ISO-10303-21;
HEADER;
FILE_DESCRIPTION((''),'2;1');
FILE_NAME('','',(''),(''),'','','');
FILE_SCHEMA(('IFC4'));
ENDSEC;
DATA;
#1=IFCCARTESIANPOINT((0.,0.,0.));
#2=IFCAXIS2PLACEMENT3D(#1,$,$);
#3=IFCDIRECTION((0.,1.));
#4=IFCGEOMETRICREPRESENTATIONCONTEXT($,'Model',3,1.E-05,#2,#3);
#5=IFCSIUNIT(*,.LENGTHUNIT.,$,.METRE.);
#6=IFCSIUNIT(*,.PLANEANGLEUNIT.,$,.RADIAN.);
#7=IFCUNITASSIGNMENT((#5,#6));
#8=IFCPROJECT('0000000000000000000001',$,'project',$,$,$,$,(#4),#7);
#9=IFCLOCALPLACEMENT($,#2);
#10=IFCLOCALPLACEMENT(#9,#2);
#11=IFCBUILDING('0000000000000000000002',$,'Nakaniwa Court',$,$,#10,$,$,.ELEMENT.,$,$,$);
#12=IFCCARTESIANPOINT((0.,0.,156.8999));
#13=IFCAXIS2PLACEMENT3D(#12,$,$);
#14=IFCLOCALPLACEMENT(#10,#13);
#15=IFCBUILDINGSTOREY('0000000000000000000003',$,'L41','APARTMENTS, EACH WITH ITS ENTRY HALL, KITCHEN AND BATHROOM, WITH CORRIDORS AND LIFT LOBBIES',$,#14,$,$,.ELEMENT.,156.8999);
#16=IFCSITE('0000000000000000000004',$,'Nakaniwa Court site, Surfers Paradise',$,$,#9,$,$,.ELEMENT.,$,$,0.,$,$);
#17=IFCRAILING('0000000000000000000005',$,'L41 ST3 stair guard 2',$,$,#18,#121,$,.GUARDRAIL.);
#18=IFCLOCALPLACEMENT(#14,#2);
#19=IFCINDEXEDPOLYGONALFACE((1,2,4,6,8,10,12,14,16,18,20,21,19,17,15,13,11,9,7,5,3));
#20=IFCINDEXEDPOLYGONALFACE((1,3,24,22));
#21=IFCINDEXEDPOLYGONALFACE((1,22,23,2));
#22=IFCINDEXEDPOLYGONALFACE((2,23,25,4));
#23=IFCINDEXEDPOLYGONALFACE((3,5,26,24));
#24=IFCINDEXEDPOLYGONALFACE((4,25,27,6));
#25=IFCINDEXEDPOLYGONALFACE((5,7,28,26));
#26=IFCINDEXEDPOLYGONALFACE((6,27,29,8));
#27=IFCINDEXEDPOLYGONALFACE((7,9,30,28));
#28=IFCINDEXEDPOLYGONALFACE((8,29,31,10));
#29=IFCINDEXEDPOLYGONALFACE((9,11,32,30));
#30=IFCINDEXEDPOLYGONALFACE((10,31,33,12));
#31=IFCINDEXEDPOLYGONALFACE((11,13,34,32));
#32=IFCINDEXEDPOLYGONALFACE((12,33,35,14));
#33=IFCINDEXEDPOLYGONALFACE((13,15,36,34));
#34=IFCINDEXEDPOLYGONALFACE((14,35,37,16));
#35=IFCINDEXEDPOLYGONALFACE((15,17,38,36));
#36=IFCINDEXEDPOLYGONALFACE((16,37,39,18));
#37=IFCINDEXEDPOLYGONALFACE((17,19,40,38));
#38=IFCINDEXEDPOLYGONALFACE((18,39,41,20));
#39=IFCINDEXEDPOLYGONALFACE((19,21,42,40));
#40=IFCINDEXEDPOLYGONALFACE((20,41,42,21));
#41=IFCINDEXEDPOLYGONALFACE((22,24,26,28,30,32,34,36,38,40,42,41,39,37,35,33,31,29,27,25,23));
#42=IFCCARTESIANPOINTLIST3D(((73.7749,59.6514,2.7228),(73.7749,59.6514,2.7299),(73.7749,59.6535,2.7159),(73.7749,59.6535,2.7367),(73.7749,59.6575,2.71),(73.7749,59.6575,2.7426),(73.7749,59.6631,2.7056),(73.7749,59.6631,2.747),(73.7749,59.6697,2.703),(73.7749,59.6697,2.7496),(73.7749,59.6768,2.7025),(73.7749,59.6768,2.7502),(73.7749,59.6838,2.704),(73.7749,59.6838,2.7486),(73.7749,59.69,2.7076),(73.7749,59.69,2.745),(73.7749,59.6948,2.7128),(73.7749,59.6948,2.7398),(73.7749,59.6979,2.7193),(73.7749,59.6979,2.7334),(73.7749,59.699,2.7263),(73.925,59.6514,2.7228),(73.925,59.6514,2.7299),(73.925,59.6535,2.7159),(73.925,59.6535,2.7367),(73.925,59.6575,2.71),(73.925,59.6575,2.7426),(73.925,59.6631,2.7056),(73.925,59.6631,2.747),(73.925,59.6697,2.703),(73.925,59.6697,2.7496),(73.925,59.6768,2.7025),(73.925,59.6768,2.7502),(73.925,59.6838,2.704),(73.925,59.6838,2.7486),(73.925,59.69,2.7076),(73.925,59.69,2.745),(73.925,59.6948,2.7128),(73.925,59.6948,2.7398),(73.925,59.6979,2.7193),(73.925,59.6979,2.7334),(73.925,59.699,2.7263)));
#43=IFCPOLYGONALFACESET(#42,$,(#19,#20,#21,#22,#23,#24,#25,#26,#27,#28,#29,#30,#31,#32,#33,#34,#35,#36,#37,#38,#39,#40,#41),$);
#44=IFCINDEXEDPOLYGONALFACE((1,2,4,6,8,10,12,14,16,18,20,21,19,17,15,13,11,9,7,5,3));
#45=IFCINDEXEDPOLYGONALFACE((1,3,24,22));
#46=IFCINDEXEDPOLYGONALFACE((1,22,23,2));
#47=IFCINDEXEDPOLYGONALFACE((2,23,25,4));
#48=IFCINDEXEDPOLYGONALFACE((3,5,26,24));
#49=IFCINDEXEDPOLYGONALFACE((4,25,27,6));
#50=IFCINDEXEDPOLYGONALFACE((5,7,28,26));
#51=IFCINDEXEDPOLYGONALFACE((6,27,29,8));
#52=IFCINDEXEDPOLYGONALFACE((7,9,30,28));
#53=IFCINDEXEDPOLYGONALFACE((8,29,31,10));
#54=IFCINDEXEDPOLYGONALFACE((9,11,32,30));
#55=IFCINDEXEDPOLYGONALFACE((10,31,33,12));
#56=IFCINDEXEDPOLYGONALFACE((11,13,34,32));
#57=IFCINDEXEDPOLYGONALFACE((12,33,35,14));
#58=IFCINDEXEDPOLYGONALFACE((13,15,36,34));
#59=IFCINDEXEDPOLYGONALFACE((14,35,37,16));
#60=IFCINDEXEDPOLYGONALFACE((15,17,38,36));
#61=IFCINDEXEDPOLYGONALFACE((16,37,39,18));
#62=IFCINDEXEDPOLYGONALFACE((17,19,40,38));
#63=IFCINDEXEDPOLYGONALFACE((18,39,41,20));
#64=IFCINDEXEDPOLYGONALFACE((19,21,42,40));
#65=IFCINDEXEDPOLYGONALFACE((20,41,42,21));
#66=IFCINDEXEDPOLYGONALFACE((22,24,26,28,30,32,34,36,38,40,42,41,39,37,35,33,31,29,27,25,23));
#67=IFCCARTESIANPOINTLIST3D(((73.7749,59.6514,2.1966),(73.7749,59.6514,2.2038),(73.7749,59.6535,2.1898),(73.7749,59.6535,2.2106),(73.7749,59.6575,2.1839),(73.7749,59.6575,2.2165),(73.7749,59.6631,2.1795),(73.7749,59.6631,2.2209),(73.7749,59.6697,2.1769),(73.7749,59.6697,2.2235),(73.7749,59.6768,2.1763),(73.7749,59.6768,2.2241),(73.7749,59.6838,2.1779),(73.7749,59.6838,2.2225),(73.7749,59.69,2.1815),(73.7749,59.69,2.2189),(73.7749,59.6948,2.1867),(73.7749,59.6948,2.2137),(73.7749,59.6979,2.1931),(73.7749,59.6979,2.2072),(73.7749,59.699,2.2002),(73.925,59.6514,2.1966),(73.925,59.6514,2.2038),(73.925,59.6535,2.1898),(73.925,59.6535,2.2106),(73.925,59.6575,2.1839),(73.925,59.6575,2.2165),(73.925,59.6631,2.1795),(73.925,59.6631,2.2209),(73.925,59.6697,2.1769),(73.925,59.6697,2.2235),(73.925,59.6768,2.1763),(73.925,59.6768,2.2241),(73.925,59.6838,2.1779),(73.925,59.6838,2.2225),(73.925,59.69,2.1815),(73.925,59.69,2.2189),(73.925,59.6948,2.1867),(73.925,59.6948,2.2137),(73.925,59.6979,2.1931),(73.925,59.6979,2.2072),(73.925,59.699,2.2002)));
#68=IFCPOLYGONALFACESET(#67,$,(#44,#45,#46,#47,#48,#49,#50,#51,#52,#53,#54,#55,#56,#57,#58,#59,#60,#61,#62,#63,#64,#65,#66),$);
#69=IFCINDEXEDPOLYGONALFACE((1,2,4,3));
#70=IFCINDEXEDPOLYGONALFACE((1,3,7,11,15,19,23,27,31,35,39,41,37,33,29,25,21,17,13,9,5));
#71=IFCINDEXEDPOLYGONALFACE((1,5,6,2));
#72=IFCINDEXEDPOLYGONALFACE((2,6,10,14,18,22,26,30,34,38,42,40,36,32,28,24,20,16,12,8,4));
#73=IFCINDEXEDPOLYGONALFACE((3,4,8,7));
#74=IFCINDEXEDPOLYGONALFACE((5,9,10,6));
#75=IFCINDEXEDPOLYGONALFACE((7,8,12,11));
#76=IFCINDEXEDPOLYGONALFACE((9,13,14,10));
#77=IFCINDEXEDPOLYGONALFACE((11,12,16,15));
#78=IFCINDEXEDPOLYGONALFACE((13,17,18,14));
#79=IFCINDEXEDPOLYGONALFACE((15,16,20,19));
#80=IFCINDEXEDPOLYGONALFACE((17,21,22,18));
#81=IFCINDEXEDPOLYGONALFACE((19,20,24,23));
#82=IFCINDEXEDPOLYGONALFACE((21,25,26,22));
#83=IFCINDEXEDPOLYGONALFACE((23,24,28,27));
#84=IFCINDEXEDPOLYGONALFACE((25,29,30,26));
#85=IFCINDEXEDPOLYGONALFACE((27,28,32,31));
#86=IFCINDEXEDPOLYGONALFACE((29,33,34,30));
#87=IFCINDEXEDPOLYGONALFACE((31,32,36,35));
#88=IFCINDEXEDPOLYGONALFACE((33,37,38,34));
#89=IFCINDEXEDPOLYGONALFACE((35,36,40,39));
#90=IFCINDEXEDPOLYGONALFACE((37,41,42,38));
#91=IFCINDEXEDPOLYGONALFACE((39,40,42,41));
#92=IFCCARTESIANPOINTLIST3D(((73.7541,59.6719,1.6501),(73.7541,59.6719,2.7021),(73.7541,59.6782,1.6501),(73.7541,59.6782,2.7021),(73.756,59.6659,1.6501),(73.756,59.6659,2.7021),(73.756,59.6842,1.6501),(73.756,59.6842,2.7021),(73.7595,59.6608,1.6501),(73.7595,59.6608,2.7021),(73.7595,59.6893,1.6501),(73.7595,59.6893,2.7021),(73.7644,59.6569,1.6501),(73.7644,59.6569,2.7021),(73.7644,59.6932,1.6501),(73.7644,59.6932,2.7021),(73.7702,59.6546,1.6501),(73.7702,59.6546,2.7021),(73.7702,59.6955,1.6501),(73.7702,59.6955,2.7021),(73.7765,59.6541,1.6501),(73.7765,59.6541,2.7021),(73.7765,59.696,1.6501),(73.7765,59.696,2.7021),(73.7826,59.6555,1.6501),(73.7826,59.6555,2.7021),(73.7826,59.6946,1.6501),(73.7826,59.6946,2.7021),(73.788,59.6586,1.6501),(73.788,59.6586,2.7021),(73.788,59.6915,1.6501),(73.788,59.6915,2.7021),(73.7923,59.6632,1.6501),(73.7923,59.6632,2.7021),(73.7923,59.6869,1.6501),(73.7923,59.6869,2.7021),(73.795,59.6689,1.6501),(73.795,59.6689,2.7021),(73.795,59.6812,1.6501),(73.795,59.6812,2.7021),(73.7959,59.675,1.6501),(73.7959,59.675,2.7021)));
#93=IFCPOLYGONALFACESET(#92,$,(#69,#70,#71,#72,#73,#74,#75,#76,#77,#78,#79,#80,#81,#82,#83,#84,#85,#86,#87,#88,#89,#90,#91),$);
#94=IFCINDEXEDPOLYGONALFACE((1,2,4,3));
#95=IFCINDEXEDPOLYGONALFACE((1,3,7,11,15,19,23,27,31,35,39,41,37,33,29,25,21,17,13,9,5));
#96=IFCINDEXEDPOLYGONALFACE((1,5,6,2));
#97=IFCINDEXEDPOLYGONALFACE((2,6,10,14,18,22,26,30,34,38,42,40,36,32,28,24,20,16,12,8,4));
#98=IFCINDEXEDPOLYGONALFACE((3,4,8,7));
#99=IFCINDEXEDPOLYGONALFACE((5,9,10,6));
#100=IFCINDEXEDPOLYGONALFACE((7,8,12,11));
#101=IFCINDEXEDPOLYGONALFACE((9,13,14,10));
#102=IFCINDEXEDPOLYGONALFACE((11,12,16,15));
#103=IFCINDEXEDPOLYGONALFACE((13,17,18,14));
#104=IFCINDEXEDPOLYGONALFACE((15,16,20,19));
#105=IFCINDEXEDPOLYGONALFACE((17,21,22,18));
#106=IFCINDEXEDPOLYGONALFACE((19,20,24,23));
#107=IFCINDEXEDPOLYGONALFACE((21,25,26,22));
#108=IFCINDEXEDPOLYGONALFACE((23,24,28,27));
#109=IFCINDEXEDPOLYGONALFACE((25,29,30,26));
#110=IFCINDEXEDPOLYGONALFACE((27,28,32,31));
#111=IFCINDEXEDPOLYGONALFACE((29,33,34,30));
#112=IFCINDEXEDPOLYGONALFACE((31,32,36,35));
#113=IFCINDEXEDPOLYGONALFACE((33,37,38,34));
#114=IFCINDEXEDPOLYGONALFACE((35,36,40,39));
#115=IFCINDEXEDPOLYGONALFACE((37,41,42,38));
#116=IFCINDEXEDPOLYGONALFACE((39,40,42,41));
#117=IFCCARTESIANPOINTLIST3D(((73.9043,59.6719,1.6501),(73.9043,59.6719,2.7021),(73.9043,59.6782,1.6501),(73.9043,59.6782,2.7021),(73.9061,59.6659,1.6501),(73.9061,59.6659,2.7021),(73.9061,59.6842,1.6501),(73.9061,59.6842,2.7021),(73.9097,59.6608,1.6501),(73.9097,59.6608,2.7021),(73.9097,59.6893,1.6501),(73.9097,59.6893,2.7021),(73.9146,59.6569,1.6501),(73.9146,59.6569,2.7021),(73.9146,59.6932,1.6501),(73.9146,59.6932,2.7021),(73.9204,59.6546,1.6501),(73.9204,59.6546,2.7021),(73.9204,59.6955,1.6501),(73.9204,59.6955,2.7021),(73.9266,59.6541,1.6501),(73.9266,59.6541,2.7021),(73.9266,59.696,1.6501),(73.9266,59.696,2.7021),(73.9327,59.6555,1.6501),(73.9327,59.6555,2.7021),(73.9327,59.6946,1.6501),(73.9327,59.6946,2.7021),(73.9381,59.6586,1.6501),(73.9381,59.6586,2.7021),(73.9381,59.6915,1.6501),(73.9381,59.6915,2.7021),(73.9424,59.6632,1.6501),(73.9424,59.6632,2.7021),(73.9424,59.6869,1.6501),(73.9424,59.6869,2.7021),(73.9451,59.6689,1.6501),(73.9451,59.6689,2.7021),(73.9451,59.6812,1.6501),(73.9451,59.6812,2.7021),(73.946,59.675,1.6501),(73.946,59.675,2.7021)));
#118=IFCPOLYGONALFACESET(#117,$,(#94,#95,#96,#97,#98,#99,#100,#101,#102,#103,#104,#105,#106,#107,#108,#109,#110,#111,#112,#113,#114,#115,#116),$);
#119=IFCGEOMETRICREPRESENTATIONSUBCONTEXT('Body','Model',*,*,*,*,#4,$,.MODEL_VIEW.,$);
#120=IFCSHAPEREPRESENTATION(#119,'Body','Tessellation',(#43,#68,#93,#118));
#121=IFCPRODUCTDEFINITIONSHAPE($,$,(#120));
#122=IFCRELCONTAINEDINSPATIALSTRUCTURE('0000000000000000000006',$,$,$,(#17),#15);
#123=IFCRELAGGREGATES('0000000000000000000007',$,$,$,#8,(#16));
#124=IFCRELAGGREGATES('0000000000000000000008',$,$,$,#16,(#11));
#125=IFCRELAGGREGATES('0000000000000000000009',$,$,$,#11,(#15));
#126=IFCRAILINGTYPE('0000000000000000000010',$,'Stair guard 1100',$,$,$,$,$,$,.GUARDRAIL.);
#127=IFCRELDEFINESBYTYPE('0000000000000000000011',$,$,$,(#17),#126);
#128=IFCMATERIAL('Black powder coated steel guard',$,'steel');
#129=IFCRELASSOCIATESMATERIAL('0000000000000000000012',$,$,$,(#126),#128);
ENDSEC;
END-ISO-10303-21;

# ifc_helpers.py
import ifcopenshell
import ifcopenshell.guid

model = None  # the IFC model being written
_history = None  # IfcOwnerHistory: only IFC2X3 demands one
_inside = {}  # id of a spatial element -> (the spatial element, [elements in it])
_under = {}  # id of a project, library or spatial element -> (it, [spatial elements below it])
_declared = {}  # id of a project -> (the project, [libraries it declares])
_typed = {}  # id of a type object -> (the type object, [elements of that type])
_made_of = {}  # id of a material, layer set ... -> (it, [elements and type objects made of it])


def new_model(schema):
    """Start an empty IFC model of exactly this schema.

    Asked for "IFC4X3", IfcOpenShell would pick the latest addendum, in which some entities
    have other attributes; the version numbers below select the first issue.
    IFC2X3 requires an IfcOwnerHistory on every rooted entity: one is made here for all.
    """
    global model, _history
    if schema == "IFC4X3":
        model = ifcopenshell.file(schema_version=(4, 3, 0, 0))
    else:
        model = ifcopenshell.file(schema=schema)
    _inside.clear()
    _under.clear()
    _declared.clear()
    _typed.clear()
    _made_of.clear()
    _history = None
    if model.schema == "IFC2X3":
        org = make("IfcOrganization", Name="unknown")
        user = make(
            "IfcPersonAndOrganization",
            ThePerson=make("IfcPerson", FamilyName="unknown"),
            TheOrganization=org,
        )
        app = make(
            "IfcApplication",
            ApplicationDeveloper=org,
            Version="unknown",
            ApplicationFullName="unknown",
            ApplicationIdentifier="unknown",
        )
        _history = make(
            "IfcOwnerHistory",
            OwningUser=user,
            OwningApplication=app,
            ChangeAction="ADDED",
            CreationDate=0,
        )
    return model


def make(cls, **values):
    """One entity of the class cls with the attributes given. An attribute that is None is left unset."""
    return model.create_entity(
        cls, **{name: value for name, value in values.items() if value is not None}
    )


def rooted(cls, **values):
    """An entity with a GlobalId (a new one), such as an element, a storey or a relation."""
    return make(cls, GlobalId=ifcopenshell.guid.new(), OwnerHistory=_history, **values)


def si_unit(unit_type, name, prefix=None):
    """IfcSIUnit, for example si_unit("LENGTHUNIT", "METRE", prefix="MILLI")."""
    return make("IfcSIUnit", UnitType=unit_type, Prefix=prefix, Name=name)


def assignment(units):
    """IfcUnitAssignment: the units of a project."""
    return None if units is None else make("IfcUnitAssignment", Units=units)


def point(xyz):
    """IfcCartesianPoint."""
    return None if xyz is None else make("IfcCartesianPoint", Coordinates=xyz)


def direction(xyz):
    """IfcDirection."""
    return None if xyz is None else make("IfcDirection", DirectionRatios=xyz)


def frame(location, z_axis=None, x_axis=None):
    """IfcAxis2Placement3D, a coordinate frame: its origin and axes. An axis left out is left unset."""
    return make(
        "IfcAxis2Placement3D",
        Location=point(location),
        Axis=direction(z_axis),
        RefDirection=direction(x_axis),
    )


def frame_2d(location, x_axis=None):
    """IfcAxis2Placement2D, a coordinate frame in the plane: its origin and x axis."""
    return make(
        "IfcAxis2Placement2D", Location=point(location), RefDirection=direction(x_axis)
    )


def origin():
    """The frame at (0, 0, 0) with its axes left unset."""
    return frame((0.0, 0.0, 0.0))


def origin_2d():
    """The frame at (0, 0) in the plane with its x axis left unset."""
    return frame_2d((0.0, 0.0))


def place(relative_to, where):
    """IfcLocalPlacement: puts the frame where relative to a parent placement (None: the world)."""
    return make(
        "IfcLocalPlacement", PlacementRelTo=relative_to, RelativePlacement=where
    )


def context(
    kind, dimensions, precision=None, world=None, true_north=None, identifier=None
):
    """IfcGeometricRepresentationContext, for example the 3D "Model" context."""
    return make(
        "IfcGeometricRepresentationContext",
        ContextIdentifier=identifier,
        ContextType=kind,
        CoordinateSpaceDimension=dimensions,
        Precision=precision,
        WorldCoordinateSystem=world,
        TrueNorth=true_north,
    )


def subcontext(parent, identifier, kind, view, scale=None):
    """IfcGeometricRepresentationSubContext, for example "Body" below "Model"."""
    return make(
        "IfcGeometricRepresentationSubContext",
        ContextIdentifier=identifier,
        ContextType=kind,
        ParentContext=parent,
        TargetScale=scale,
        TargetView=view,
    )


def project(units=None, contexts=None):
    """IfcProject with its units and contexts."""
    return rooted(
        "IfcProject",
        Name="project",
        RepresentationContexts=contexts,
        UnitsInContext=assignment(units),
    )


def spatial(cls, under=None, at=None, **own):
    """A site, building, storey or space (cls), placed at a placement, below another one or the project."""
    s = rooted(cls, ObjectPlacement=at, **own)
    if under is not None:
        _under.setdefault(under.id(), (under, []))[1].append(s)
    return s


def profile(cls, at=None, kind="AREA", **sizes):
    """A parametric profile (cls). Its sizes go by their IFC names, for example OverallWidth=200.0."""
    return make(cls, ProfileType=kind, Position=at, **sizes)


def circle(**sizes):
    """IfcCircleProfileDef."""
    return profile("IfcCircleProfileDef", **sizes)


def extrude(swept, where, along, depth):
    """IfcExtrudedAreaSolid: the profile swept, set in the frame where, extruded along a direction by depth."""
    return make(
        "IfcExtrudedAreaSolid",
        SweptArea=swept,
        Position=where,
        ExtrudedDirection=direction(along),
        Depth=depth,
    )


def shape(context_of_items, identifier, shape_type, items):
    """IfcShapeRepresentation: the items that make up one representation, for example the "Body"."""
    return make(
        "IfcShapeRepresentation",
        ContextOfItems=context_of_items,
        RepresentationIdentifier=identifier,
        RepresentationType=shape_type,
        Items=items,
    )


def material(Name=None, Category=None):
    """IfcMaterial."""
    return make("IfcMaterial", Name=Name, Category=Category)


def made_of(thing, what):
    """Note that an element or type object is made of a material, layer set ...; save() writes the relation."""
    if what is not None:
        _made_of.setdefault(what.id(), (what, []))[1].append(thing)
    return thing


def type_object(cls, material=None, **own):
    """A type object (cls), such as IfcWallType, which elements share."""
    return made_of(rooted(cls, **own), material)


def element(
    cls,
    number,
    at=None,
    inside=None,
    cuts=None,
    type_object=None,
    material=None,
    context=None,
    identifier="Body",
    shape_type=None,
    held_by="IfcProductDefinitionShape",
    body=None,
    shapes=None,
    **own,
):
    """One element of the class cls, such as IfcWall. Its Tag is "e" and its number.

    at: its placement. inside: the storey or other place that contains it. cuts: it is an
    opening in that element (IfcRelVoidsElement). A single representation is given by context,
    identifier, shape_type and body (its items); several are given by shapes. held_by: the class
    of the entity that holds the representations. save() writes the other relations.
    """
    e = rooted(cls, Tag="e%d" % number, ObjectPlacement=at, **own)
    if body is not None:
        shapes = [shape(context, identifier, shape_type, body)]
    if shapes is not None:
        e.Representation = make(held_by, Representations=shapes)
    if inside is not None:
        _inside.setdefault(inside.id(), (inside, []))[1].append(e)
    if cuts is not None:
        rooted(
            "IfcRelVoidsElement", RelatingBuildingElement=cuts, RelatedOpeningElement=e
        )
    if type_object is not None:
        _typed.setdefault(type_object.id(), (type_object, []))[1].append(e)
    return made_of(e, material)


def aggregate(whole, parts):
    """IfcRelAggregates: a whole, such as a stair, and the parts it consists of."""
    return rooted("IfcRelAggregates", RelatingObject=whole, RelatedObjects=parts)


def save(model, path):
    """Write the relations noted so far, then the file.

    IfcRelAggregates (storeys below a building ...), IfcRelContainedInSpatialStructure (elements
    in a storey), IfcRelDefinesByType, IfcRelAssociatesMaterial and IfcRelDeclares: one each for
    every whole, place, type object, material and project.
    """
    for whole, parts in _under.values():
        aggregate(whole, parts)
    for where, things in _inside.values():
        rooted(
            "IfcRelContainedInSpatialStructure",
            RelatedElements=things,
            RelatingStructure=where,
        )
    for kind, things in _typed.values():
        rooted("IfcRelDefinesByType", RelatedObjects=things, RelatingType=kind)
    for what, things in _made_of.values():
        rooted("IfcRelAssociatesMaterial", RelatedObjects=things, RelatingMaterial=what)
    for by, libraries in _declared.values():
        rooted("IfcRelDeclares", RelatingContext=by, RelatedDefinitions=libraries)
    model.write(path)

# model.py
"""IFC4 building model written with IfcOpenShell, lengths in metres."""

from ifc_helpers import new_model, si_unit, direction, frame, origin, origin_2d, place, context, subcontext, project, spatial, circle, extrude, material, type_object, element, save


model = new_model("IFC4")

# Units and contexts
model_context = context("Model", 3, precision=1e-05, world=origin(), true_north=direction((0.0, 1.0)))
body_context = subcontext(model_context, "Body", "Model", "MODEL_VIEW")
ifc_project = project(units=[si_unit("LENGTHUNIT", "METRE"), si_unit("PLANEANGLEUNIT", "RADIAN")], contexts=[model_context])

# Site, building, storey
site_placement = place(None, origin())
site = spatial("IfcSite", under=ifc_project, at=site_placement, Name="Nakaniwa Court site, Surfers Paradise", CompositionType="ELEMENT", RefElevation=0.0)
building_placement = place(site_placement, origin())
building = spatial("IfcBuilding", under=site, at=building_placement, Name="Nakaniwa Court", CompositionType="ELEMENT")
storey_placement = place(building_placement, frame((0.0, 0.0, 156.8999)))
storey = spatial("IfcBuildingStorey", under=building, at=storey_placement, Name="L41", Description="APARTMENTS, EACH WITH ITS ENTRY HALL, KITCHEN AND BATHROOM, WITH CORRIDORS AND LIFT LOBBIES", CompositionType="ELEMENT", Elevation=156.8999)

# Railing
ifc_material_1 = material(Name="Black powder coated steel guard", Category="steel")
railing_type_1 = type_object("IfcRailingType", Name="Stair guard 1100", PredefinedType="GUARDRAIL", material=ifc_material_1)
railing_1_placement = place(storey_placement, frame((73.7749, 59.675, 1.6501)))
element("IfcRailing", 1, at=railing_1_placement, inside=storey, type_object=railing_type_1, Name="L41 ST3 stair guard 2", PredefinedType="GUARDRAIL", context=body_context, shape_type="SweptSolid", body=[
    extrude(circle(Radius=0.0239, at=origin_2d()), frame((0.0, 0.0, 1.0762), z_axis=(1.0, 0.0, 0.0), x_axis=(0.0, 1.0, 0.0)), (0.0, 0.0, 1.0), 0.1501),
    extrude(circle(Radius=0.0239, at=origin_2d()), frame((0.0, 0.0, 0.55), z_axis=(1.0, 0.0, 0.0), x_axis=(0.0, 1.0, 0.0)), (0.0, 0.0, 1.0), 0.1501),
    extrude(circle(Radius=0.021, at=origin_2d()), origin(), (0.0, 0.0, 1.0), 1.052),
    extrude(circle(Radius=0.021, at=origin_2d()), frame((0.1501, 0.0, 0.0)), (0.0, 0.0, 1.0), 1.052),
])

save(model, "model.ifc")
